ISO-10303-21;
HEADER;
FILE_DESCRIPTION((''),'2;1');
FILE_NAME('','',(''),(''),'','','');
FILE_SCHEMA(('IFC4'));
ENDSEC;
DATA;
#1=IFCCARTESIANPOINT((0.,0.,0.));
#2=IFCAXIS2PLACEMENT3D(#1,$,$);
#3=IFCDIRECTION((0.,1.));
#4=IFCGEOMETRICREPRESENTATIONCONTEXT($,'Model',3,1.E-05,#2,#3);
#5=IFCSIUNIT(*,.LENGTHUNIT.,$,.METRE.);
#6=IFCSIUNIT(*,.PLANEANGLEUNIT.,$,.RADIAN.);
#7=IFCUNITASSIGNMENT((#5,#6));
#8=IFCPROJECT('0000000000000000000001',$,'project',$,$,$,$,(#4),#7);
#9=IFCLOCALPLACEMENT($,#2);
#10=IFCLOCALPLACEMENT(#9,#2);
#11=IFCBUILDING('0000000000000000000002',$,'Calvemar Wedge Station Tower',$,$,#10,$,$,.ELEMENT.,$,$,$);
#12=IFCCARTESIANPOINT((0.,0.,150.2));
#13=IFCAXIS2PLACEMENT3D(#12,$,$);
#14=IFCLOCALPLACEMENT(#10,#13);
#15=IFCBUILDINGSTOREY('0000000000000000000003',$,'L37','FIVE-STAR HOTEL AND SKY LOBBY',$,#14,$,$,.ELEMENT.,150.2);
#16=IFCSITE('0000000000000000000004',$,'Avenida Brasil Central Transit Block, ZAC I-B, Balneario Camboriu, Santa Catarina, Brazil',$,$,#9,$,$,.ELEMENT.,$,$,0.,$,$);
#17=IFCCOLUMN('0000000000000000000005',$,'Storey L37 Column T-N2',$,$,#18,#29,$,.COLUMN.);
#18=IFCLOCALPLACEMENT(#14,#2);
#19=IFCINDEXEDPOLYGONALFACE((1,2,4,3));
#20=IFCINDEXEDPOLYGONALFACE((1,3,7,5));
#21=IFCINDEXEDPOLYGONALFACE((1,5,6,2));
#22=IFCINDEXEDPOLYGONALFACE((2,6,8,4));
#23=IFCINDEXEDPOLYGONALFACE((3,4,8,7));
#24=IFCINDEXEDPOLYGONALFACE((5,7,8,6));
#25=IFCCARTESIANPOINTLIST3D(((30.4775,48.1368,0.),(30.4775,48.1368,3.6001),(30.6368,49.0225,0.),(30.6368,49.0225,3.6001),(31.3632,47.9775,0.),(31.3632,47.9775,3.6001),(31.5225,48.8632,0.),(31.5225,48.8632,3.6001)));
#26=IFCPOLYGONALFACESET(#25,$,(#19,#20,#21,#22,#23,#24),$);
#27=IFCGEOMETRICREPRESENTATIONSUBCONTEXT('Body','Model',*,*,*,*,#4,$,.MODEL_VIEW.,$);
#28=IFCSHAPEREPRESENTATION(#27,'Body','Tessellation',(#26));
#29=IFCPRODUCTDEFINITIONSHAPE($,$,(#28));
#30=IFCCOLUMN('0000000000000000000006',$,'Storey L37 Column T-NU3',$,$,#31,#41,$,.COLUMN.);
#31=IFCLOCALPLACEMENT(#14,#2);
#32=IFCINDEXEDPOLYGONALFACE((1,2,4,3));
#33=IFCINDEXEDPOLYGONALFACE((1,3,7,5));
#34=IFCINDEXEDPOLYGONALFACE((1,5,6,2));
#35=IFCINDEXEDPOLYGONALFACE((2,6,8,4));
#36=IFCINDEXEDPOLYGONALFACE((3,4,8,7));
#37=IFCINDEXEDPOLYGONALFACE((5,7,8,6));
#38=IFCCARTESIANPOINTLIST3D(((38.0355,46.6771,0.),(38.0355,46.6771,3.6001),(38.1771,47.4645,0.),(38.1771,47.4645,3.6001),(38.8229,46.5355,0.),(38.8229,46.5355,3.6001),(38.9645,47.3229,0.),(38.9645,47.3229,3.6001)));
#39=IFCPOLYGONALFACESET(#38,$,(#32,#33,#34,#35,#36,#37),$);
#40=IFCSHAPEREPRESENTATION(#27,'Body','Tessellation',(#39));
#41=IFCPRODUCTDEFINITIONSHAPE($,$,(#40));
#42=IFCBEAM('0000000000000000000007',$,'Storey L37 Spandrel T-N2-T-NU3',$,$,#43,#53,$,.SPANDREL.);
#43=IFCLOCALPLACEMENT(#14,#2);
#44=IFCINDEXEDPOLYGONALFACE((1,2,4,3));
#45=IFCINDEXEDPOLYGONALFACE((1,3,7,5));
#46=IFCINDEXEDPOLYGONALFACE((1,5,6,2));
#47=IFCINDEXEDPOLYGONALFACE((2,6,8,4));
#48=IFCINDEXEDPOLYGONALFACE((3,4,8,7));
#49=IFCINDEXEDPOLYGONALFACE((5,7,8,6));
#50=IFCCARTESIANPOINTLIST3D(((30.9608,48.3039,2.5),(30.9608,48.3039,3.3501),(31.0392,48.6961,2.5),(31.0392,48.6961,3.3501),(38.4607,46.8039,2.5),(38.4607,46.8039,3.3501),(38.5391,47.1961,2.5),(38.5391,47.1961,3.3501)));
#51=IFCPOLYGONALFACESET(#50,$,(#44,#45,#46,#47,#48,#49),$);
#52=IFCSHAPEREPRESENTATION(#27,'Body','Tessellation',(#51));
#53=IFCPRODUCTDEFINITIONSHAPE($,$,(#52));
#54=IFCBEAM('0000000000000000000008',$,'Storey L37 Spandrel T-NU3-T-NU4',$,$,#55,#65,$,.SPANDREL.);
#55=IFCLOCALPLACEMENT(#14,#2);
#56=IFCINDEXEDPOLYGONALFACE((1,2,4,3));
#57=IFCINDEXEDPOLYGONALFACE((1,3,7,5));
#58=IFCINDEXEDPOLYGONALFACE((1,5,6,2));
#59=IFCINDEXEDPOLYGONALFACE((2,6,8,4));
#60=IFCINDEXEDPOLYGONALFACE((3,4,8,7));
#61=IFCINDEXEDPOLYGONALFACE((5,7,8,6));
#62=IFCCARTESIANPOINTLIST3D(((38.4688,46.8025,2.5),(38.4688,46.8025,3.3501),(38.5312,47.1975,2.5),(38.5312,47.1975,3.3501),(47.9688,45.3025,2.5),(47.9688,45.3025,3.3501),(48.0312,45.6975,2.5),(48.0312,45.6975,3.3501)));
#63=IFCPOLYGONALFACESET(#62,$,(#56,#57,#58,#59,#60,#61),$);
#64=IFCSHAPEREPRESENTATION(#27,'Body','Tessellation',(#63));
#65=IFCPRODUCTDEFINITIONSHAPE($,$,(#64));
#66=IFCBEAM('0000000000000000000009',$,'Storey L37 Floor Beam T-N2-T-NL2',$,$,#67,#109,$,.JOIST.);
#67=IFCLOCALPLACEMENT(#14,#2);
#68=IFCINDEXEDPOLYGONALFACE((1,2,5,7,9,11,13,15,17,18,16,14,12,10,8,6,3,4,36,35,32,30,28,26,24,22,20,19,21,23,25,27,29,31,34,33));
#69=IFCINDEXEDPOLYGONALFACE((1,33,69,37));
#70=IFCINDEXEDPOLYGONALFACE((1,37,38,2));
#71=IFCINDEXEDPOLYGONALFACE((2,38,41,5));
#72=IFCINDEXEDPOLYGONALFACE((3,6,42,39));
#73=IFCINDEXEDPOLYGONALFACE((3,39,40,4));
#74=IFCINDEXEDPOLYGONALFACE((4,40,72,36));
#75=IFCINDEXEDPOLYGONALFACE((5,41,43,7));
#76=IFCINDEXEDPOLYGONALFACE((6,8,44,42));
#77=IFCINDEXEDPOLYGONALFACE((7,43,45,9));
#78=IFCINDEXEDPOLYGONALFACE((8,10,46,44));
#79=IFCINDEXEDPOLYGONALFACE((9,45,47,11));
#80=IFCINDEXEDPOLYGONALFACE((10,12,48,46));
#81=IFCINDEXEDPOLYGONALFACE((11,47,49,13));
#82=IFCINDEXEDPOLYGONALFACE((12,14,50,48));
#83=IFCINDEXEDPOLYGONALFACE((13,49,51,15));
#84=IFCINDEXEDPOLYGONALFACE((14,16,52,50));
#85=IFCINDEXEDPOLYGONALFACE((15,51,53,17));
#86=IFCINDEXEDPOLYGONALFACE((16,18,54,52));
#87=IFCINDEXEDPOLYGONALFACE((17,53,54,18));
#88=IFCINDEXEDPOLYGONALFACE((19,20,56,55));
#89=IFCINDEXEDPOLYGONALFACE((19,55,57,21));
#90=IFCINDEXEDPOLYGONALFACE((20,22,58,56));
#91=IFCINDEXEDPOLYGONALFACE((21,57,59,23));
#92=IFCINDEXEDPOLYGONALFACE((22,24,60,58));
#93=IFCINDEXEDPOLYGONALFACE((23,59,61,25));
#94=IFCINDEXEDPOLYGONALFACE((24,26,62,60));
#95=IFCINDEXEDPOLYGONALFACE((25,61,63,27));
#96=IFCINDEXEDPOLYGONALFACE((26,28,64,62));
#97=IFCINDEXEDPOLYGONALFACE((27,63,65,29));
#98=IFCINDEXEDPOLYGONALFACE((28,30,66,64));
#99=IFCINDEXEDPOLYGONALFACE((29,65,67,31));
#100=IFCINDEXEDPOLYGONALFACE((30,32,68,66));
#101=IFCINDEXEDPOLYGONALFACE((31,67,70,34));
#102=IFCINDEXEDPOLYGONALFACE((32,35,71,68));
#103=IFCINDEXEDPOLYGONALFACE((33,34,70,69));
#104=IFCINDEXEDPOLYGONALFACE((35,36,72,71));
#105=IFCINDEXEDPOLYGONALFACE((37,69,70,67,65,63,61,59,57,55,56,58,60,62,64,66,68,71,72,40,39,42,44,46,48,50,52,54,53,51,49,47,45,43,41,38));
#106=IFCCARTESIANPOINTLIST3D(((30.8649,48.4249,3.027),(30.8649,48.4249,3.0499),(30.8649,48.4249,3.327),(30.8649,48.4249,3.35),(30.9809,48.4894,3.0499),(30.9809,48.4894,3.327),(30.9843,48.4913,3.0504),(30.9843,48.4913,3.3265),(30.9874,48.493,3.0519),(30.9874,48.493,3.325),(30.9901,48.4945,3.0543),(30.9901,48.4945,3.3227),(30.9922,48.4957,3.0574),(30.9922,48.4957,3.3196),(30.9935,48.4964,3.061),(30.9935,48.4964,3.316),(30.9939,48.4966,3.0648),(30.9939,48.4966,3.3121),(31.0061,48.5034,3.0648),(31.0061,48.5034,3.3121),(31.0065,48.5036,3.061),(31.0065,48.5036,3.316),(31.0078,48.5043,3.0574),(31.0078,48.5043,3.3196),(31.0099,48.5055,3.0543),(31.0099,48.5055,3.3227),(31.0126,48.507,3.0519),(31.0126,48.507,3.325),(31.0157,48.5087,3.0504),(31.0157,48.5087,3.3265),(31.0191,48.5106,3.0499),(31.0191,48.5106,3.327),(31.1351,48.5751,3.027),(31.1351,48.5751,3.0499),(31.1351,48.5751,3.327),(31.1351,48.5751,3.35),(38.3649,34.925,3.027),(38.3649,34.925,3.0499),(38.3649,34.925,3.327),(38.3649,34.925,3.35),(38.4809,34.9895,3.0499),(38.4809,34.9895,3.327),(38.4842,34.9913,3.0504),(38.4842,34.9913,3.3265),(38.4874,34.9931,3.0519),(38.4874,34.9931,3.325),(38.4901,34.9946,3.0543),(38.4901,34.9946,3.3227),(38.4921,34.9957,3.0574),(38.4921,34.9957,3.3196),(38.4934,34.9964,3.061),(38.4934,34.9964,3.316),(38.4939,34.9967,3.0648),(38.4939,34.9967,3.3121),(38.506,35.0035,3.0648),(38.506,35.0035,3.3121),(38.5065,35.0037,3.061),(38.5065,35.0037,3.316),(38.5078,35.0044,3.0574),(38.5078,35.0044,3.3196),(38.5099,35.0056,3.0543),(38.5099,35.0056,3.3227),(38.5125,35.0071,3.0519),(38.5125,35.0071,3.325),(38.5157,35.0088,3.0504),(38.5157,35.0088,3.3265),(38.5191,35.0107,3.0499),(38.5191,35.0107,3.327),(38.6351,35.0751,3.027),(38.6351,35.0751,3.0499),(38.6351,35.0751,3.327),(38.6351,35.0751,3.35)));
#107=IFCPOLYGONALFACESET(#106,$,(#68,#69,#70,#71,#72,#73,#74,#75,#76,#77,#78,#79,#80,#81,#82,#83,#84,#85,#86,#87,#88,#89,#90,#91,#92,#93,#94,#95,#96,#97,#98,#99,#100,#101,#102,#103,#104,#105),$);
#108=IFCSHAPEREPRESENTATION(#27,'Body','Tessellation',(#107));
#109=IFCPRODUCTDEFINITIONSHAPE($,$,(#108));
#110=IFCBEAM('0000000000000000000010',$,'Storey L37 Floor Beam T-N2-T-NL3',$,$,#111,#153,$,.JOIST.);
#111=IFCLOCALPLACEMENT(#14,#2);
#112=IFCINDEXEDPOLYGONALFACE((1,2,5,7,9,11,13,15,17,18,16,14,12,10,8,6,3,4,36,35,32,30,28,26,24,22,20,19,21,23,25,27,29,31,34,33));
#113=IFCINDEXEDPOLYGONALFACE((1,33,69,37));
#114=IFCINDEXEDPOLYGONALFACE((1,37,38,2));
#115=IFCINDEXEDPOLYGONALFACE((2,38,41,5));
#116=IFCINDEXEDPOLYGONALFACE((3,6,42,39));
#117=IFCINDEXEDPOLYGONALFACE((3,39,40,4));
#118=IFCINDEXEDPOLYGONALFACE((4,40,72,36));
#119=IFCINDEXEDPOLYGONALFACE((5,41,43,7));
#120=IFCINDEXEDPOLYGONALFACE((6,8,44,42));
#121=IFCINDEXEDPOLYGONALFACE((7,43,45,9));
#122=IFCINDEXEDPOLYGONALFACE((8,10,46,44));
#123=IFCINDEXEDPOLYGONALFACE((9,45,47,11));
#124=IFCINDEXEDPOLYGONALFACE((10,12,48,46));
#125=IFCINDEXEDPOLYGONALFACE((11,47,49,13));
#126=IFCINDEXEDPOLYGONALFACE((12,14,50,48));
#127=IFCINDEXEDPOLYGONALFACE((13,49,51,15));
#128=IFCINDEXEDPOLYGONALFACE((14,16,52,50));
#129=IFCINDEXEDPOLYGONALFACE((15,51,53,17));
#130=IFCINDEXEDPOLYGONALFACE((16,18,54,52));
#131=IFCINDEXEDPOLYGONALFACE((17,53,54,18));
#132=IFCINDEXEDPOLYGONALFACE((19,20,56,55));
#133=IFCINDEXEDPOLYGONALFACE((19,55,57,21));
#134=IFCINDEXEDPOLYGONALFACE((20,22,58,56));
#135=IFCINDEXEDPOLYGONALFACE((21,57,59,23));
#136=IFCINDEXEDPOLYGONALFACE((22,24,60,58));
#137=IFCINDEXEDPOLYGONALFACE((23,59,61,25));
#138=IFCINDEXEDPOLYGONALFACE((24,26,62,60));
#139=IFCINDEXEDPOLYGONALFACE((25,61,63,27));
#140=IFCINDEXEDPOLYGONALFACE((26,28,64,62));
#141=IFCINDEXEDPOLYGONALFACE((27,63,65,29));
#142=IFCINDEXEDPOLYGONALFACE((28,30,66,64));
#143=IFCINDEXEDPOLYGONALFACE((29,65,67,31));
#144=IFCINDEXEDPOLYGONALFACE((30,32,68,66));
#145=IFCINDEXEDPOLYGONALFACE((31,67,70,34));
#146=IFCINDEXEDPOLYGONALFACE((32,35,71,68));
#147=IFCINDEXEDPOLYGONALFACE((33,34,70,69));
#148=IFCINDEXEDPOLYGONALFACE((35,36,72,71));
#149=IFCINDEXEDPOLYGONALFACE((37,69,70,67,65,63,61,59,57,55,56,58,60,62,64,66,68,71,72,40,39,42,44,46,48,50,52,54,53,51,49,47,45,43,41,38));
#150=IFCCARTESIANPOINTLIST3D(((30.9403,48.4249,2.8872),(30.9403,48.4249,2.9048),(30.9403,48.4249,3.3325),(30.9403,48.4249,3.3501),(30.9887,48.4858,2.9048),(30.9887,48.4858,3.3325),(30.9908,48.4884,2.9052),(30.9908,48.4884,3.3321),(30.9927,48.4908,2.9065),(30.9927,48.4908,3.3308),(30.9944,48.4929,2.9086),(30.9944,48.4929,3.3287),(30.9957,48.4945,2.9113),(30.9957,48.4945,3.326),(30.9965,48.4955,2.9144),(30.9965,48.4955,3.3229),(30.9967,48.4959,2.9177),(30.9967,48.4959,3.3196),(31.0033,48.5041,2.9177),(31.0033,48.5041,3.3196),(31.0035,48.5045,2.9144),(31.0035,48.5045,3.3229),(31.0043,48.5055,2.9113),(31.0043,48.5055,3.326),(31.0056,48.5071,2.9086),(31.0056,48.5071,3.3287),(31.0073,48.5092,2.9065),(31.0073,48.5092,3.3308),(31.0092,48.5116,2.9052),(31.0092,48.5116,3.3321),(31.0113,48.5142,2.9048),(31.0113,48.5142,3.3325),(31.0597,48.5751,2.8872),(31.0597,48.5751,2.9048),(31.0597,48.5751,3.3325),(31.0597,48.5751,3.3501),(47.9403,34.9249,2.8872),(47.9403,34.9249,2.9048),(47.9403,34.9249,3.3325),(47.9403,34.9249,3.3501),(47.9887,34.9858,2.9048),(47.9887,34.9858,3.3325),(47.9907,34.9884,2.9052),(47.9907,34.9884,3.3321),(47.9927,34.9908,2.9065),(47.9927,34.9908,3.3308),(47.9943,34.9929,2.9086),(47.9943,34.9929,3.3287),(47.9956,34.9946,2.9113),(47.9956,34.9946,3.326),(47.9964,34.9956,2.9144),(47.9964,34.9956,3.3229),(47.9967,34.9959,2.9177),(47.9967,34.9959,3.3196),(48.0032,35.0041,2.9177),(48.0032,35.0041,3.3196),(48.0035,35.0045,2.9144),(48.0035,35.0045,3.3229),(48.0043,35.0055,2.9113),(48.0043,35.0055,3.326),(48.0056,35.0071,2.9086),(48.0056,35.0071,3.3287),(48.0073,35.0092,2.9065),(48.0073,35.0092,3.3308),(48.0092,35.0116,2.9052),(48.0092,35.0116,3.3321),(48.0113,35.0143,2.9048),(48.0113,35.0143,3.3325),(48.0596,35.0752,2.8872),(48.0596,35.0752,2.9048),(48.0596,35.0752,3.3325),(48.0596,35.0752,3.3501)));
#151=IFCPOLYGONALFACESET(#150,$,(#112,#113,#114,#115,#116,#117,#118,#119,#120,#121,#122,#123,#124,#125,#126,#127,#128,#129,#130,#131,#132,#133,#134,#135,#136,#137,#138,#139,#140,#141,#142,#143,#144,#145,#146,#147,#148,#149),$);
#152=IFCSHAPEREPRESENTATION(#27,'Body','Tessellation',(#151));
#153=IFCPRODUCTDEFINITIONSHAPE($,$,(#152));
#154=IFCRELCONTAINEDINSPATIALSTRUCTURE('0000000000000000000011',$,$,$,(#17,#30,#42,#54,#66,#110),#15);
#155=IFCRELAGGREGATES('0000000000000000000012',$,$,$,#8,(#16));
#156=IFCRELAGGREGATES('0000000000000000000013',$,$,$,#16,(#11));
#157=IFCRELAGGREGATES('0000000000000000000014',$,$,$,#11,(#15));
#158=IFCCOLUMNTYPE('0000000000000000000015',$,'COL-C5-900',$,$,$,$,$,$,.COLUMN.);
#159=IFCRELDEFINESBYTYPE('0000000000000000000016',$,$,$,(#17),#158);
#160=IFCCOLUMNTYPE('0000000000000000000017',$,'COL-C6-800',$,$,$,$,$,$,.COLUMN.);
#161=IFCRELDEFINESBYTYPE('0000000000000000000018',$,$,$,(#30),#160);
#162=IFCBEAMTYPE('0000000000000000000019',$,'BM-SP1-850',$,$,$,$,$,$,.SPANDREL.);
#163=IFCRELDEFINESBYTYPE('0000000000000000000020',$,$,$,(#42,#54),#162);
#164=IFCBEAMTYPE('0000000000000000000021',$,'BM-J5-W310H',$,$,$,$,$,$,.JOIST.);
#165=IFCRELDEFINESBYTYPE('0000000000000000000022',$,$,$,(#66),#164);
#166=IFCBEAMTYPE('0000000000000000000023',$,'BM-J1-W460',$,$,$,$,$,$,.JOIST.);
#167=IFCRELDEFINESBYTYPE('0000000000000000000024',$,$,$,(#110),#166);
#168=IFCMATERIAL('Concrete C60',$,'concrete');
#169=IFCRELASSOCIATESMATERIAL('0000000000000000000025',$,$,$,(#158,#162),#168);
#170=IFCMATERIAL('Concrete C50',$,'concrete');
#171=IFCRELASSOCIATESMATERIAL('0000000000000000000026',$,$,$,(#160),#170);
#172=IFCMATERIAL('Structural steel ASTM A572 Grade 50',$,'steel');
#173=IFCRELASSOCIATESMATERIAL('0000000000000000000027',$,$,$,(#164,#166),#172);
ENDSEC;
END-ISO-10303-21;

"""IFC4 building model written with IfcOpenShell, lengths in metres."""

from ifc_helpers import new_model, si_unit, direction, frame, origin, origin_2d, place, context, subcontext, project, spatial, rectangle, i_section, extrude, source, transform, mapped, material, material_profile, profile_set, type_object, element, save


model = new_model("IFC4")

# Units and contexts
model_context = context("Model", 3, precision=1e-05, world=origin(), true_north=direction((0.0, 1.0)))
body_context = subcontext(model_context, "Body", "Model", "MODEL_VIEW")
ifc_project = project(units=[si_unit("LENGTHUNIT", "METRE"), si_unit("PLANEANGLEUNIT", "RADIAN")], contexts=[model_context])

# Site, building, storey
site_placement = place(None, origin())
site = spatial("IfcSite", under=ifc_project, at=site_placement, Name="Avenida Brasil Central Transit Block, ZAC I-B, Balneario Camboriu, Santa Catarina, Brazil", CompositionType="ELEMENT", RefElevation=0.0)
building_placement = place(site_placement, origin())
building = spatial("IfcBuilding", under=site, at=building_placement, Name="Calvemar Wedge Station Tower", CompositionType="ELEMENT")
storey_placement = place(building_placement, frame((0.0, 0.0, 150.2)))
storey = spatial("IfcBuildingStorey", under=building, at=storey_placement, Name="L37", Description="FIVE-STAR HOTEL AND SKY LOBBY", CompositionType="ELEMENT", Elevation=150.2)

# Columns
ifc_material_1 = material(Name="Concrete C60", Category="concrete")
ifc_material_profile_1 = material_profile(ifc_material_1, rectangle(XDim=0.8999, YDim=0.8999, at=origin_2d()), Name="RC900x900")
ifc_profile_set_1 = profile_set([ifc_material_profile_1], Name="Concrete C60")
column_type_1 = type_object("IfcColumnType", Name="COL-C5-900", PredefinedType="COLUMN", material=ifc_profile_set_1)
shared_shape_1 = source(origin(), body_context, "Body", "SweptSolid", [
    extrude(rectangle(XDim=0.8999, YDim=0.8999, at=origin_2d()), origin(), (0.0, 0.0, 1.0), 3.6001),
])
column_1_placement = place(storey_placement, frame((31.0, 48.5, 0.0), z_axis=(0.0, 0.0, 1.0), x_axis=(0.984196, -0.177085, 0.0)))
element("IfcColumn", 1, at=column_1_placement, inside=storey, type_object=column_type_1, Name="Storey L37 Column T-N2", PredefinedType="COLUMN", context=body_context, shape_type="MappedRepresentation", body=[
    mapped(shared_shape_1, transform((0.0, 0.0, 0.0), scale=1.0)),
])
ifc_material_2 = material(Name="Concrete C50", Category="concrete")
ifc_material_profile_2 = material_profile(ifc_material_2, rectangle(XDim=0.8, YDim=0.8, at=origin_2d()), Name="RC800x800")
ifc_profile_set_2 = profile_set([ifc_material_profile_2], Name="Concrete C50")
column_type_2 = type_object("IfcColumnType", Name="COL-C6-800", PredefinedType="COLUMN", material=ifc_profile_set_2)
shared_shape_2 = source(origin(), body_context, "Body", "SweptSolid", [
    extrude(rectangle(XDim=0.8, YDim=0.8, at=origin_2d()), origin(), (0.0, 0.0, 1.0), 3.6001),
])
column_2_placement = place(storey_placement, frame((38.5, 47.0, 0.0), z_axis=(0.0, 0.0, 1.0), x_axis=(0.984196, -0.177085, 0.0)))
element("IfcColumn", 2, at=column_2_placement, inside=storey, type_object=column_type_2, Name="Storey L37 Column T-NU3", PredefinedType="COLUMN", context=body_context, shape_type="MappedRepresentation", body=[
    mapped(shared_shape_2, transform((0.0, 0.0, 0.0), scale=1.0)),
])

# Beams
ifc_material_profile_3 = material_profile(ifc_material_1, rectangle(XDim=0.3999, YDim=0.8501, at=origin_2d()), Name="RC400x850")
ifc_profile_set_3 = profile_set([ifc_material_profile_3], Name="Concrete C60")
beam_type_1 = type_object("IfcBeamType", Name="BM-SP1-850", PredefinedType="SPANDREL", material=ifc_profile_set_3)
shared_shape_3 = source(origin(), body_context, "Body", "SweptSolid", [
    extrude(rectangle(XDim=0.3999, YDim=0.8501, at=origin_2d()), origin(), (0.0, 0.0, 1.0), 7.6484),
])
beam_1_placement = place(storey_placement, frame((31.0, 48.5, 2.925), z_axis=(0.980581, -0.196116, 0.0), x_axis=(0.196116, 0.980581, 0.0)))
element("IfcBeam", 3, at=beam_1_placement, inside=storey, type_object=beam_type_1, Name="Storey L37 Spandrel T-N2-T-NU3", PredefinedType="SPANDREL", context=body_context, shape_type="MappedRepresentation", body=[
    mapped(shared_shape_3, transform((0.0, 0.0, 0.0), scale=1.0)),
])
shared_shape_4 = source(origin(), body_context, "Body", "SweptSolid", [
    extrude(rectangle(XDim=0.3999, YDim=0.8501, at=origin_2d()), origin(), (0.0, 0.0, 1.0), 9.6177),
])
beam_2_placement = place(storey_placement, frame((38.5, 47.0, 2.925), z_axis=(0.987763, -0.155963, 0.0), x_axis=(0.155963, 0.987763, 0.0)))
element("IfcBeam", 4, at=beam_2_placement, inside=storey, type_object=beam_type_1, Name="Storey L37 Spandrel T-NU3-T-NU4", PredefinedType="SPANDREL", context=body_context, shape_type="MappedRepresentation", body=[
    mapped(shared_shape_4, transform((0.0, 0.0, 0.0), scale=1.0)),
])
ifc_material_3 = material(Name="Structural steel ASTM A572 Grade 50", Category="steel")
ifc_material_profile_4 = material_profile(ifc_material_3, i_section(OverallWidth=0.3091, OverallDepth=0.323, WebThickness=0.0139, FlangeThickness=0.0229, FilletRadius=0.0149, at=origin_2d()), Name="W310x143")
ifc_profile_set_4 = profile_set([ifc_material_profile_4], Name="Structural steel ASTM A572 Grade 50")
beam_type_2 = type_object("IfcBeamType", Name="BM-J5-W310H", PredefinedType="JOIST", material=ifc_profile_set_4)
shared_shape_5 = source(origin(), body_context, "Body", "SweptSolid", [
    extrude(i_section(OverallWidth=0.3091, OverallDepth=0.323, WebThickness=0.0139, FlangeThickness=0.0229, FilletRadius=0.0149, at=origin_2d()), origin(), (0.0, 0.0, 1.0), 15.4434),
])
beam_3_placement = place(storey_placement, frame((31.0, 48.5, 3.1885), z_axis=(0.485643, -0.874157, 0.0), x_axis=(0.874157, 0.485643, 0.0)))
element("IfcBeam", 5, at=beam_3_placement, inside=storey, type_object=beam_type_2, Name="Storey L37 Floor Beam T-N2-T-NL2", PredefinedType="JOIST", context=body_context, shape_type="MappedRepresentation", body=[
    mapped(shared_shape_5, transform((0.0, 0.0, 0.0), scale=1.0)),
])
ifc_material_profile_5 = material_profile(ifc_material_3, i_section(OverallWidth=0.1919, OverallDepth=0.4629, WebThickness=0.0105, FlangeThickness=0.0176, FilletRadius=0.0129, at=origin_2d()), Name="W460x89")
ifc_profile_set_5 = profile_set([ifc_material_profile_5], Name="Structural steel ASTM A572 Grade 50")
beam_type_3 = type_object("IfcBeamType", Name="BM-J1-W460", PredefinedType="JOIST", material=ifc_profile_set_5)
shared_shape_6 = source(origin(), body_context, "Body", "SweptSolid", [
    extrude(i_section(OverallWidth=0.1919, OverallDepth=0.4629, WebThickness=0.0105, FlangeThickness=0.0176, FilletRadius=0.0129, at=origin_2d()), origin(), (0.0, 0.0, 1.0), 21.7083),
])
beam_4_placement = place(storey_placement, frame((31.0, 48.5, 3.1187), z_axis=(0.783111, -0.621882, 0.0), x_axis=(0.621882, 0.783111, 0.0)))
element("IfcBeam", 6, at=beam_4_placement, inside=storey, type_object=beam_type_3, Name="Storey L37 Floor Beam T-N2-T-NL3", PredefinedType="JOIST", context=body_context, shape_type="MappedRepresentation", body=[
    mapped(shared_shape_6, transform((0.0, 0.0, 0.0), scale=1.0)),
])

save(model, "model.ifc")
